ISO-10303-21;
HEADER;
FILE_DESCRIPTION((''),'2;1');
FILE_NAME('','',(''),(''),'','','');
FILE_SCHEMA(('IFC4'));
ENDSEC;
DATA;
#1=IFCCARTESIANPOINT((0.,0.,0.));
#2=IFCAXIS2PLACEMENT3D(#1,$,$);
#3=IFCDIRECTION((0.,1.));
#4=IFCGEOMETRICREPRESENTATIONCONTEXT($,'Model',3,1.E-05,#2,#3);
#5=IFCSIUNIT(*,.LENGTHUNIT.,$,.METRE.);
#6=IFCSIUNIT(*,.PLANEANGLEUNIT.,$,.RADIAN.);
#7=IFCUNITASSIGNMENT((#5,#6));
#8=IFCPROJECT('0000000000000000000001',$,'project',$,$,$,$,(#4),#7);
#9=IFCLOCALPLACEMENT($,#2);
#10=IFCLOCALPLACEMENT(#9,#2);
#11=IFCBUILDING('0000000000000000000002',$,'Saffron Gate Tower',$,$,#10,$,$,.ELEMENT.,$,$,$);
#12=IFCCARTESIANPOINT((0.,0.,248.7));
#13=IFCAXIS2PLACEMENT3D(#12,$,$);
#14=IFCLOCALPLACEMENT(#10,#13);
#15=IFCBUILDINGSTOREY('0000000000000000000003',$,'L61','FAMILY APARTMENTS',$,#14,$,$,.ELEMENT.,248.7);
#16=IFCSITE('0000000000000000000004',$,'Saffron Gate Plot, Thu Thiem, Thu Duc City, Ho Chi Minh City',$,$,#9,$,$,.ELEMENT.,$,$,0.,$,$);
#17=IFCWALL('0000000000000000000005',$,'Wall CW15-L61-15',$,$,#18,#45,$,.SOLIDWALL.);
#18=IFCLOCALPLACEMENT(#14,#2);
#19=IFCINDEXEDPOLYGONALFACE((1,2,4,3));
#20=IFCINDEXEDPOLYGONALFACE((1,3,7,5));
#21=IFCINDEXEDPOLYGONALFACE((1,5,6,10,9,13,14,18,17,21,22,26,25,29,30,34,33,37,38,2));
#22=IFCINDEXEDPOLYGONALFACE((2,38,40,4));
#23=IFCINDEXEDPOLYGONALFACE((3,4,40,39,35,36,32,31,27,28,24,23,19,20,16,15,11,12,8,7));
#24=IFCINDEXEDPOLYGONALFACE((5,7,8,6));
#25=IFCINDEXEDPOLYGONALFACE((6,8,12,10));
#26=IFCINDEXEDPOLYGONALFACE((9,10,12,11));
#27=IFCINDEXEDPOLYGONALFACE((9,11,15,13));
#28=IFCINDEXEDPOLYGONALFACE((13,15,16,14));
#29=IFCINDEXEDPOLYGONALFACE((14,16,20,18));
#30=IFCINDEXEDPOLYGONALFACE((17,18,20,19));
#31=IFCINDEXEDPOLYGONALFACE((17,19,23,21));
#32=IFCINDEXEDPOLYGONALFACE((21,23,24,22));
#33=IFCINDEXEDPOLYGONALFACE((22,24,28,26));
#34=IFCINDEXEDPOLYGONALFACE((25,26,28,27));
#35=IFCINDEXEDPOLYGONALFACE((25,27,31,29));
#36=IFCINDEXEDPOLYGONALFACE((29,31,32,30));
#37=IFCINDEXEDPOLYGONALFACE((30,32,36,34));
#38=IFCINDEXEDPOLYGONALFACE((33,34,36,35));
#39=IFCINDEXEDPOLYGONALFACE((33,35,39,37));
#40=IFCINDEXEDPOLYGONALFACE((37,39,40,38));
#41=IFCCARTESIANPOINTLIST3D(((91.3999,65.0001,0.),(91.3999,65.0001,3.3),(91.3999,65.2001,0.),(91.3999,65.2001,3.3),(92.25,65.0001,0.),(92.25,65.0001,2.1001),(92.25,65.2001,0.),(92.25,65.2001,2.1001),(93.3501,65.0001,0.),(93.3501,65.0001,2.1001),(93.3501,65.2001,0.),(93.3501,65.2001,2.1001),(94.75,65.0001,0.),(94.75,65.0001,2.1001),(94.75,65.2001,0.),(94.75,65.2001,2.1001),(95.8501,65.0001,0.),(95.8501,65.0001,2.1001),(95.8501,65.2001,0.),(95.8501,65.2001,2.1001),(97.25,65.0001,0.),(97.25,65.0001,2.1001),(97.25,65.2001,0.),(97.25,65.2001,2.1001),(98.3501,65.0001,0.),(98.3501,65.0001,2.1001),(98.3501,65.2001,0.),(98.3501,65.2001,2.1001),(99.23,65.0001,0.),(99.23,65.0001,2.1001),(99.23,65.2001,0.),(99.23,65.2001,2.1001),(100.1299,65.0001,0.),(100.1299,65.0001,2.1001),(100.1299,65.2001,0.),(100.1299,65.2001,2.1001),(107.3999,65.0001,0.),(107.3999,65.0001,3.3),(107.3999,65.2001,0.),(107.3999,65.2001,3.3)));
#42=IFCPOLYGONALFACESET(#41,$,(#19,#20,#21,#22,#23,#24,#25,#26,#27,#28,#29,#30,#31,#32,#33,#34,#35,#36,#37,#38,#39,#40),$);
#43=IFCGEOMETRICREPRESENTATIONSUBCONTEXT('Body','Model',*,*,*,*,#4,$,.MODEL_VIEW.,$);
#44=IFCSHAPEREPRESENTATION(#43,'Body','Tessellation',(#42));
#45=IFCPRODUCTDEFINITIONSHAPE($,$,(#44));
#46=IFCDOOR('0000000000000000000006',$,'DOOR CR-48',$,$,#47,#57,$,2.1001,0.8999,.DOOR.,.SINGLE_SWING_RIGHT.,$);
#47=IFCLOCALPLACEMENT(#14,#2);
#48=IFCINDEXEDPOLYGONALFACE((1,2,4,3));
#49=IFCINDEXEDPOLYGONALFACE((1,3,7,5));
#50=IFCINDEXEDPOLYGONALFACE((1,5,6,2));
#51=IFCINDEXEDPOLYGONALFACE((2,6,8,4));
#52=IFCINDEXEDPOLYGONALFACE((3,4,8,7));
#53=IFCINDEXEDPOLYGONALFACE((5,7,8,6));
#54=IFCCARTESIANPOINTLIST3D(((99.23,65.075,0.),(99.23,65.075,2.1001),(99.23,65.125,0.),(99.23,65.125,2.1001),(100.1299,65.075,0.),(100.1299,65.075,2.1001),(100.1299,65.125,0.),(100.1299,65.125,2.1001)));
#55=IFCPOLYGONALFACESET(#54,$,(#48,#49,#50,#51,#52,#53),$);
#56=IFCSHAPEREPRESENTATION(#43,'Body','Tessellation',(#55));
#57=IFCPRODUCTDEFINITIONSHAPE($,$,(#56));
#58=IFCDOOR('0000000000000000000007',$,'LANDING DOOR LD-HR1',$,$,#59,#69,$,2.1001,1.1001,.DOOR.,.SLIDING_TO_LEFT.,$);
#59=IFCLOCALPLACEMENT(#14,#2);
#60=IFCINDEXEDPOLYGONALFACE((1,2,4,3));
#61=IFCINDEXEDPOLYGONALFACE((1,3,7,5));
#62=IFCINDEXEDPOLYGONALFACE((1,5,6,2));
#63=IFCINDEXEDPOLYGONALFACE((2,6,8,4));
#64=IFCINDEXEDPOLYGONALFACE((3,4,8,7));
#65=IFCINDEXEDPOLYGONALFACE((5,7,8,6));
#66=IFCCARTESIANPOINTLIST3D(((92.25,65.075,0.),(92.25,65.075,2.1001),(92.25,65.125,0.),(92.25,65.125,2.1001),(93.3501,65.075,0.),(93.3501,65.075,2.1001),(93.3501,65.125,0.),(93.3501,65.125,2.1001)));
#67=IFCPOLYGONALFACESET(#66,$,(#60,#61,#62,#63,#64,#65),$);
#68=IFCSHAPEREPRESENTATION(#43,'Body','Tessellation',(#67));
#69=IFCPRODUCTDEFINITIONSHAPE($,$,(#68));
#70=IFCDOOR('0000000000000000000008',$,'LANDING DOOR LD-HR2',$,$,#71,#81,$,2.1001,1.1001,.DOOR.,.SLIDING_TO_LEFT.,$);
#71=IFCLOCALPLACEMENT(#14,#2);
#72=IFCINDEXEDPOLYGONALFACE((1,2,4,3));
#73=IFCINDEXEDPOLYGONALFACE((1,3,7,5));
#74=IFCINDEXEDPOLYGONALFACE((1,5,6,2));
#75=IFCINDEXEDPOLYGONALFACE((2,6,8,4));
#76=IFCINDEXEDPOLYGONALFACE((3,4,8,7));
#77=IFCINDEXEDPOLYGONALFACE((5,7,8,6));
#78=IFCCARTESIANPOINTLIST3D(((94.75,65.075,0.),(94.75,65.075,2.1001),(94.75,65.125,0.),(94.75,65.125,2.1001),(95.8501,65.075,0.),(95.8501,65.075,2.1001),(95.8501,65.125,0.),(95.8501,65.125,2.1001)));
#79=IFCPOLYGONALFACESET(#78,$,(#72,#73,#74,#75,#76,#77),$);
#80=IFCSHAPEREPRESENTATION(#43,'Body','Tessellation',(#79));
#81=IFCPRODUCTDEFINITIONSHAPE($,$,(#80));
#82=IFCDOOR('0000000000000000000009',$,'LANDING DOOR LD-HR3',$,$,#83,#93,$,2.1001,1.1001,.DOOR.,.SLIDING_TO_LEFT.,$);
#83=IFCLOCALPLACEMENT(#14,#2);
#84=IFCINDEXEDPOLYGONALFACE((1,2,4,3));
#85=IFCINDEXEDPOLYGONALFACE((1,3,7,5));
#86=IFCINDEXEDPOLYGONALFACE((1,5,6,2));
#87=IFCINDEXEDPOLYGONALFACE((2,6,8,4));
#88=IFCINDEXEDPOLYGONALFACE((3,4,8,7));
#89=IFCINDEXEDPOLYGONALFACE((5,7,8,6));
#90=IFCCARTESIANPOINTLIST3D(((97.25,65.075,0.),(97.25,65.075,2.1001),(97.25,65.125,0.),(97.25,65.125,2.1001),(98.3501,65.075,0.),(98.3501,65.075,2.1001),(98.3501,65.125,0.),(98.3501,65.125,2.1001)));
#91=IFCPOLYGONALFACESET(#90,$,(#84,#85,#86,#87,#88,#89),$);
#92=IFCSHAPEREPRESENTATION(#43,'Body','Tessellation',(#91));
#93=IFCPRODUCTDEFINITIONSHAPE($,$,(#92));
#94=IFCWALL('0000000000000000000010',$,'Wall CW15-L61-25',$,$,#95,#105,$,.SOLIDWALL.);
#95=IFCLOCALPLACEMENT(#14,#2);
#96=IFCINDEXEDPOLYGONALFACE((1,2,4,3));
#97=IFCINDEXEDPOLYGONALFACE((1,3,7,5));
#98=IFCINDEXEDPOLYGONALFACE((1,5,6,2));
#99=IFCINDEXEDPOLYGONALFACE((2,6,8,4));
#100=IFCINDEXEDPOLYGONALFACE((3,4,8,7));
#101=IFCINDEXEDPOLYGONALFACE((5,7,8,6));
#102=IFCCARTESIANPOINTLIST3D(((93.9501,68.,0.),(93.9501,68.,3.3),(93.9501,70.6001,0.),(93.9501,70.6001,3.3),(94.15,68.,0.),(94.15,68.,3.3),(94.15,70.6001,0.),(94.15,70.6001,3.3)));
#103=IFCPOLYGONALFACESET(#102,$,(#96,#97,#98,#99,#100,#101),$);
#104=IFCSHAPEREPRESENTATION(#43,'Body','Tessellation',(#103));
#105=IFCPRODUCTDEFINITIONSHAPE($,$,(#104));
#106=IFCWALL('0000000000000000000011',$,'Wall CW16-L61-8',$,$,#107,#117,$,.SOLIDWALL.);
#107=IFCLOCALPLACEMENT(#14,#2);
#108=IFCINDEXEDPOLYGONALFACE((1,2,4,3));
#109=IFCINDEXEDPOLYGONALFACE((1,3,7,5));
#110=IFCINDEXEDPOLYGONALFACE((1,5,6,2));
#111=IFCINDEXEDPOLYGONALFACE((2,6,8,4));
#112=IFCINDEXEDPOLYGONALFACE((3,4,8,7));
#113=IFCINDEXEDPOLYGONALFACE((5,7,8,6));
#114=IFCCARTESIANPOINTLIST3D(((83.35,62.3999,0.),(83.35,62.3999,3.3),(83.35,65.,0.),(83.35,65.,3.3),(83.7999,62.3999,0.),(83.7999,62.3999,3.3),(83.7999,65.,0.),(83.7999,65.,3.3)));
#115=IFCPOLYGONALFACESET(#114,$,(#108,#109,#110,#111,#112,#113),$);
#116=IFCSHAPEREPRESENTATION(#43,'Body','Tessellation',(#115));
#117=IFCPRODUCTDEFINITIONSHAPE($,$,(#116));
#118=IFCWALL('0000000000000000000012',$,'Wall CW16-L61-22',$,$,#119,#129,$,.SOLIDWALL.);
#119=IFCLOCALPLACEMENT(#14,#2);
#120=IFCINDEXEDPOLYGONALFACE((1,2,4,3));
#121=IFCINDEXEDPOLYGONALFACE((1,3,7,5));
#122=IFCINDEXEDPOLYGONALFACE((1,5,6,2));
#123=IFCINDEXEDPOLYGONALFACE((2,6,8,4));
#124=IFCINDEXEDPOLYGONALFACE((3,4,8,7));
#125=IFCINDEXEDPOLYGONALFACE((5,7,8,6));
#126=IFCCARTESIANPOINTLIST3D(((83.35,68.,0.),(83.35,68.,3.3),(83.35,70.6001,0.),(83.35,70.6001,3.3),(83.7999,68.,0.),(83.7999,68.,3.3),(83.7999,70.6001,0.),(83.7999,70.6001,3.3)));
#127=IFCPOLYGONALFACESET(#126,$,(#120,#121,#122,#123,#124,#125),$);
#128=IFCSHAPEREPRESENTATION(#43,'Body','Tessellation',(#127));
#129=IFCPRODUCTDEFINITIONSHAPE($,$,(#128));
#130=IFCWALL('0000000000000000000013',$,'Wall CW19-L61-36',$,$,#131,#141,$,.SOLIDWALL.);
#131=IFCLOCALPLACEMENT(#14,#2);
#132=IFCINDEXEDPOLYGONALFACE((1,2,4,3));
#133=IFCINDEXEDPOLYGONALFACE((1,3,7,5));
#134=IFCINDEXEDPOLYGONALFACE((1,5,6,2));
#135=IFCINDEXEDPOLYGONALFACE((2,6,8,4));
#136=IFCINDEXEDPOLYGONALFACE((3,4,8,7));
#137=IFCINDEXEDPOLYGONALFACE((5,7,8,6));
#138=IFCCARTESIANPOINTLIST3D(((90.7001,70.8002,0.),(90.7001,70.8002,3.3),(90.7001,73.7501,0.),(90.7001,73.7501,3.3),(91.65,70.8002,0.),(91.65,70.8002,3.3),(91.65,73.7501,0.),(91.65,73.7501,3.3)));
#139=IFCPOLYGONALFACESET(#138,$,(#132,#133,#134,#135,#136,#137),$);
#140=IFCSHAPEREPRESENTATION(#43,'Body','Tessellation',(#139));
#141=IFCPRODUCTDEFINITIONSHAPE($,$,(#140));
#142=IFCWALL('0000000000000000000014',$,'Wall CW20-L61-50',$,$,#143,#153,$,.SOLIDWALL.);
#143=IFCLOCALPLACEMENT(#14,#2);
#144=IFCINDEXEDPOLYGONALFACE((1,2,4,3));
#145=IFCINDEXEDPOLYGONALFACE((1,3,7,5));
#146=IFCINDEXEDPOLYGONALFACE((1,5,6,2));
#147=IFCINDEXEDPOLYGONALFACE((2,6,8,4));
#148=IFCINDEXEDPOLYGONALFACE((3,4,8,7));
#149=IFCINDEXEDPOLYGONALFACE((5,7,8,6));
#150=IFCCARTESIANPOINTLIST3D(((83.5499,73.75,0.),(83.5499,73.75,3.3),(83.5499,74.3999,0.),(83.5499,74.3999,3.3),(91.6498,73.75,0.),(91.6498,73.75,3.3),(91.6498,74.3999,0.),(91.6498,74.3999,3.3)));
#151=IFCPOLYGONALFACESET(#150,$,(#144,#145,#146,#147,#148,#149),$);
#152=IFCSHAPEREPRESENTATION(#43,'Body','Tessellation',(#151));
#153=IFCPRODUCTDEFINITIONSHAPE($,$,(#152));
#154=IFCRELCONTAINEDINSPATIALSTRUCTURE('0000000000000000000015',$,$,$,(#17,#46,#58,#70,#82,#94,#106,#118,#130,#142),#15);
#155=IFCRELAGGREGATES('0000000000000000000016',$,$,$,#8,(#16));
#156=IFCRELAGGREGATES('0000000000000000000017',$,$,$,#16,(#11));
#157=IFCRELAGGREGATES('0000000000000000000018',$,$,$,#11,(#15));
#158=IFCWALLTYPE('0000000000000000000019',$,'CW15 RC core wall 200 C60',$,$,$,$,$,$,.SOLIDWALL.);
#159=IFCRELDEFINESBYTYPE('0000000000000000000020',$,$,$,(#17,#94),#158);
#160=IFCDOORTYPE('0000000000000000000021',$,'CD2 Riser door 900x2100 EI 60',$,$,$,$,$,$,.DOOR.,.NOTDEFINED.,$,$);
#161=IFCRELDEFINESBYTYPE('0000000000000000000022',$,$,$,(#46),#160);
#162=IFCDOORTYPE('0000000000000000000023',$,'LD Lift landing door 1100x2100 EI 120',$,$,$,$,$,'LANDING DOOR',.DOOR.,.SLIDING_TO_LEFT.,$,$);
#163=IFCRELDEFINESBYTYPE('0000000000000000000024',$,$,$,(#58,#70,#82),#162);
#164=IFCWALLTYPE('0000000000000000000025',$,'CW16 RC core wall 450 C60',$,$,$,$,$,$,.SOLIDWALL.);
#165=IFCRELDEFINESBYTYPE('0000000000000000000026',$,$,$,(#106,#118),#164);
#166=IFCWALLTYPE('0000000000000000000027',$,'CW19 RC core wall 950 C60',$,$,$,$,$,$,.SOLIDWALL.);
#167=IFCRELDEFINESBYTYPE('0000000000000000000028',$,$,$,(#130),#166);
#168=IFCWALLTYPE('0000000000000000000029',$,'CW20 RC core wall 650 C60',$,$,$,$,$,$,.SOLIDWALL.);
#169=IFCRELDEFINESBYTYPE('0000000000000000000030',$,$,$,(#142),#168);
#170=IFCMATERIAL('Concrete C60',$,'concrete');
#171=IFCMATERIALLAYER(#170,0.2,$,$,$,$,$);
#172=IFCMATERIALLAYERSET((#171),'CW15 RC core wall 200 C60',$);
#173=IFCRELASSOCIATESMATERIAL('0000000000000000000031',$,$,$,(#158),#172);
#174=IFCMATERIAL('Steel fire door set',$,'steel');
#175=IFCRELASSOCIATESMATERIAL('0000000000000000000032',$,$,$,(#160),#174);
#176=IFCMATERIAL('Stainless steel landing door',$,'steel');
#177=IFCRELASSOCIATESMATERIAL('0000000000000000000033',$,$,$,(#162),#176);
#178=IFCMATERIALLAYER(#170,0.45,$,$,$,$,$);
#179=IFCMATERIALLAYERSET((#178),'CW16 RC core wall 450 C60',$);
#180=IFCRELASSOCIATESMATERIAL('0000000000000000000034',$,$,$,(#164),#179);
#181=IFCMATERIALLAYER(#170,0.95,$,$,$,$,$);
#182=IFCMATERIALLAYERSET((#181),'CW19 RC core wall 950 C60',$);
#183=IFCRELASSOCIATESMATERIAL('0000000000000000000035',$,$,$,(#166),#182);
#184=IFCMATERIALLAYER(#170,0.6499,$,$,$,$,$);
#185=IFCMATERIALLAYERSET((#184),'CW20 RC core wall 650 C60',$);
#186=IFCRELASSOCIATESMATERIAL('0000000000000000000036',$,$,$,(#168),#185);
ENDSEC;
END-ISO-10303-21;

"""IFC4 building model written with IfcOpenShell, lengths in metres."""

from ifc_helpers import new_model, si_unit, direction, frame, frame_2d, origin, place, context, subcontext, project, spatial, rectangle, extrude, material, layer, layer_set, type_object, element, fill, save


model = new_model("IFC4")

# Units and contexts
model_context = context("Model", 3, precision=1e-05, world=origin(), true_north=direction((0.0, 1.0)))
body_context = subcontext(model_context, "Body", "Model", "MODEL_VIEW")
ifc_project = project(units=[si_unit("LENGTHUNIT", "METRE"), si_unit("PLANEANGLEUNIT", "RADIAN")], contexts=[model_context])

# Site, building, storey
site_placement = place(None, origin())
site = spatial("IfcSite", under=ifc_project, at=site_placement, Name="Saffron Gate Plot, Thu Thiem, Thu Duc City, Ho Chi Minh City", CompositionType="ELEMENT", RefElevation=0.0)
building_placement = place(site_placement, origin())
building = spatial("IfcBuilding", under=site, at=building_placement, Name="Saffron Gate Tower", CompositionType="ELEMENT")
storey_placement = place(building_placement, frame((0.0, 0.0, 248.7)))
storey = spatial("IfcBuildingStorey", under=building, at=storey_placement, Name="L61", Description="FAMILY APARTMENTS", CompositionType="ELEMENT", Elevation=248.7)

# Shared definitions
ifc_material_1 = material(Name="Concrete C60", Category="concrete")

# Shared definitions
ifc_material_2 = material(Name="Steel fire door set", Category="steel")

# Shared definitions
ifc_layer_1 = layer(ifc_material_1, 0.2)
ifc_layer_set_1 = layer_set([ifc_layer_1], Name="CW15 RC core wall 200 C60")
wall_type_1 = type_object("IfcWallType", Name="CW15 RC core wall 200 C60", PredefinedType="SOLIDWALL", material=ifc_layer_set_1)

# Wall, openings, doors
wall_1_placement = place(storey_placement, frame((91.3999, 65.1001, 0.0), z_axis=(0.0, 0.0, 1.0), x_axis=(1.0, 0.0, 0.0)))
wall_1 = element("IfcWall", 1, at=wall_1_placement, inside=storey, type_object=wall_type_1, Name="Wall CW15-L61-15", PredefinedType="SOLIDWALL", context=body_context, shape_type="SweptSolid", body=[
    extrude(rectangle(XDim=16.0, YDim=0.2, at=frame_2d((8.0, 0.0))), origin(), (0.0, 0.0, 1.0), 3.3),
])
opening_1_placement = place(wall_1_placement, frame((0.8501, 0.0, 0.0)))
opening_1 = element("IfcOpeningElement", 2, at=opening_1_placement, cuts=wall_1, PredefinedType="OPENING", context=body_context, shape_type="SweptSolid", body=[
    extrude(rectangle(XDim=1.1001, YDim=2.1001, at=frame_2d((0.55, 1.05))), frame((0.0, 0.1099, 0.0), z_axis=(0.0, -1.0, 0.0), x_axis=(1.0, 0.0, 0.0)), (0.0, 0.0, 1.0), 0.22),
])
opening_2_placement = place(wall_1_placement, frame((3.3501, 0.0, 0.0)))
opening_2 = element("IfcOpeningElement", 3, at=opening_2_placement, cuts=wall_1, PredefinedType="OPENING", context=body_context, shape_type="SweptSolid", body=[
    extrude(rectangle(XDim=1.1001, YDim=2.1001, at=frame_2d((0.55, 1.05))), frame((0.0, 0.1099, 0.0), z_axis=(0.0, -1.0, 0.0), x_axis=(1.0, 0.0, 0.0)), (0.0, 0.0, 1.0), 0.22),
])
opening_3_placement = place(wall_1_placement, frame((5.8501, 0.0, 0.0)))
opening_3 = element("IfcOpeningElement", 4, at=opening_3_placement, cuts=wall_1, PredefinedType="OPENING", context=body_context, shape_type="SweptSolid", body=[
    extrude(rectangle(XDim=1.1001, YDim=2.1001, at=frame_2d((0.55, 1.05))), frame((0.0, 0.1099, 0.0), z_axis=(0.0, -1.0, 0.0), x_axis=(1.0, 0.0, 0.0)), (0.0, 0.0, 1.0), 0.22),
])
opening_4_placement = place(wall_1_placement, frame((7.8301, 0.0, 0.0)))
opening_4 = element("IfcOpeningElement", 5, at=opening_4_placement, cuts=wall_1, PredefinedType="OPENING", context=body_context, shape_type="SweptSolid", body=[
    extrude(rectangle(XDim=0.8999, YDim=2.1001, at=frame_2d((0.45, 1.05))), frame((0.0, 0.1099, 0.0), z_axis=(0.0, -1.0, 0.0), x_axis=(1.0, 0.0, 0.0)), (0.0, 0.0, 1.0), 0.22),
])
door_type_1 = type_object("IfcDoorType", Name="CD2 Riser door 900x2100 EI 60", OperationType="NOTDEFINED", PredefinedType="DOOR", material=ifc_material_2)
door_1_placement = place(opening_4_placement, origin())
door_1 = element("IfcDoor", 6, at=door_1_placement, inside=storey, type_object=door_type_1, Name="DOOR CR-48", OperationType="SINGLE_SWING_RIGHT", OverallHeight=2.1001, OverallWidth=0.8999, PredefinedType="DOOR", context=body_context, shape_type="SweptSolid", body=[
    extrude(rectangle(XDim=0.8999, YDim=2.1001, at=frame_2d((0.45, 1.05))), frame((0.0, 0.0249, 0.0), z_axis=(0.0, -1.0, 0.0), x_axis=(1.0, 0.0, 0.0)), (0.0, 0.0, 1.0), 0.05),
])
fill(opening_4, door_1)
ifc_material_3 = material(Name="Stainless steel landing door", Category="steel")
door_type_2 = type_object("IfcDoorType", Name="LD Lift landing door 1100x2100 EI 120", ElementType="LANDING DOOR", OperationType="SLIDING_TO_LEFT", PredefinedType="DOOR", material=ifc_material_3)
door_2_placement = place(opening_1_placement, origin())
door_2 = element("IfcDoor", 7, at=door_2_placement, inside=storey, type_object=door_type_2, Name="LANDING DOOR LD-HR1", OperationType="SLIDING_TO_LEFT", OverallHeight=2.1001, OverallWidth=1.1001, PredefinedType="DOOR", context=body_context, shape_type="SweptSolid", body=[
    extrude(rectangle(XDim=1.1001, YDim=2.1001, at=frame_2d((0.55, 1.05))), frame((0.0, 0.0249, 0.0), z_axis=(0.0, -1.0, 0.0), x_axis=(1.0, 0.0, 0.0)), (0.0, 0.0, 1.0), 0.05),
])
fill(opening_1, door_2)
door_3_placement = place(opening_2_placement, origin())
door_3 = element("IfcDoor", 8, at=door_3_placement, inside=storey, type_object=door_type_2, Name="LANDING DOOR LD-HR2", OperationType="SLIDING_TO_LEFT", OverallHeight=2.1001, OverallWidth=1.1001, PredefinedType="DOOR", context=body_context, shape_type="SweptSolid", body=[
    extrude(rectangle(XDim=1.1001, YDim=2.1001, at=frame_2d((0.55, 1.05))), frame((0.0, 0.0249, 0.0), z_axis=(0.0, -1.0, 0.0), x_axis=(1.0, 0.0, 0.0)), (0.0, 0.0, 1.0), 0.05),
])
fill(opening_2, door_3)
door_4_placement = place(opening_3_placement, origin())
door_4 = element("IfcDoor", 9, at=door_4_placement, inside=storey, type_object=door_type_2, Name="LANDING DOOR LD-HR3", OperationType="SLIDING_TO_LEFT", OverallHeight=2.1001, OverallWidth=1.1001, PredefinedType="DOOR", context=body_context, shape_type="SweptSolid", body=[
    extrude(rectangle(XDim=1.1001, YDim=2.1001, at=frame_2d((0.55, 1.05))), frame((0.0, 0.0249, 0.0), z_axis=(0.0, -1.0, 0.0), x_axis=(1.0, 0.0, 0.0)), (0.0, 0.0, 1.0), 0.05),
])
fill(opening_3, door_4)

# Walls
wall_2_placement = place(storey_placement, frame((94.05, 68.0, 0.0), z_axis=(0.0, 0.0, 1.0), x_axis=(0.0, 1.0, 0.0)))
element("IfcWall", 10, at=wall_2_placement, inside=storey, type_object=wall_type_1, Name="Wall CW15-L61-25", PredefinedType="SOLIDWALL", context=body_context, shape_type="SweptSolid", body=[
    extrude(rectangle(XDim=2.6001, YDim=0.2, at=frame_2d((1.3, 0.0))), origin(), (0.0, 0.0, 1.0), 3.3),
])
ifc_layer_2 = layer(ifc_material_1, 0.45)
ifc_layer_set_2 = layer_set([ifc_layer_2], Name="CW16 RC core wall 450 C60")
wall_type_2 = type_object("IfcWallType", Name="CW16 RC core wall 450 C60", PredefinedType="SOLIDWALL", material=ifc_layer_set_2)
for number, where, z_axis, x_axis, name in (
    (11, (83.575, 62.3999, 0.0), (0.0, 0.0, 1.0), (0.0, 1.0, 0.0), "Wall CW16-L61-8"),
    (12, (83.575, 68.0, 0.0), (0.0, 0.0, 1.0), (0.0, 1.0, 0.0), "Wall CW16-L61-22"),
):
    element("IfcWall", number, at=place(storey_placement, frame(where, z_axis=z_axis, x_axis=x_axis)), inside=storey, type_object=wall_type_2, Name=name, PredefinedType="SOLIDWALL", context=body_context, shape_type="SweptSolid", body=[
        extrude(rectangle(XDim=2.6001, YDim=0.45, at=frame_2d((1.3, 0.0))), origin(), (0.0, 0.0, 1.0), 3.3),
    ])
ifc_layer_3 = layer(ifc_material_1, 0.95)
ifc_layer_set_3 = layer_set([ifc_layer_3], Name="CW19 RC core wall 950 C60")
wall_type_3 = type_object("IfcWallType", Name="CW19 RC core wall 950 C60", PredefinedType="SOLIDWALL", material=ifc_layer_set_3)
wall_3_placement = place(storey_placement, frame((91.175, 70.8, 0.0), z_axis=(0.0, 0.0, 1.0), x_axis=(0.0, 1.0, 0.0)))
element("IfcWall", 13, at=wall_3_placement, inside=storey, type_object=wall_type_3, Name="Wall CW19-L61-36", PredefinedType="SOLIDWALL", context=body_context, shape_type="SweptSolid", body=[
    extrude(rectangle(XDim=2.95, YDim=0.95, at=frame_2d((1.4751, 0.0))), origin(), (0.0, 0.0, 1.0), 3.3),
])
ifc_layer_4 = layer(ifc_material_1, 0.6499)
ifc_layer_set_4 = layer_set([ifc_layer_4], Name="CW20 RC core wall 650 C60")
wall_type_4 = type_object("IfcWallType", Name="CW20 RC core wall 650 C60", PredefinedType="SOLIDWALL", material=ifc_layer_set_4)
wall_4_placement = place(storey_placement, frame((83.55, 74.075, 0.0), z_axis=(0.0, 0.0, 1.0), x_axis=(1.0, 0.0, 0.0)))
element("IfcWall", 14, at=wall_4_placement, inside=storey, type_object=wall_type_4, Name="Wall CW20-L61-50", PredefinedType="SOLIDWALL", context=body_context, shape_type="SweptSolid", body=[
    extrude(rectangle(XDim=8.0999, YDim=0.6499, at=frame_2d((4.0498, 0.0))), origin(), (0.0, 0.0, 1.0), 3.3),
])

save(model, "model.ifc")
